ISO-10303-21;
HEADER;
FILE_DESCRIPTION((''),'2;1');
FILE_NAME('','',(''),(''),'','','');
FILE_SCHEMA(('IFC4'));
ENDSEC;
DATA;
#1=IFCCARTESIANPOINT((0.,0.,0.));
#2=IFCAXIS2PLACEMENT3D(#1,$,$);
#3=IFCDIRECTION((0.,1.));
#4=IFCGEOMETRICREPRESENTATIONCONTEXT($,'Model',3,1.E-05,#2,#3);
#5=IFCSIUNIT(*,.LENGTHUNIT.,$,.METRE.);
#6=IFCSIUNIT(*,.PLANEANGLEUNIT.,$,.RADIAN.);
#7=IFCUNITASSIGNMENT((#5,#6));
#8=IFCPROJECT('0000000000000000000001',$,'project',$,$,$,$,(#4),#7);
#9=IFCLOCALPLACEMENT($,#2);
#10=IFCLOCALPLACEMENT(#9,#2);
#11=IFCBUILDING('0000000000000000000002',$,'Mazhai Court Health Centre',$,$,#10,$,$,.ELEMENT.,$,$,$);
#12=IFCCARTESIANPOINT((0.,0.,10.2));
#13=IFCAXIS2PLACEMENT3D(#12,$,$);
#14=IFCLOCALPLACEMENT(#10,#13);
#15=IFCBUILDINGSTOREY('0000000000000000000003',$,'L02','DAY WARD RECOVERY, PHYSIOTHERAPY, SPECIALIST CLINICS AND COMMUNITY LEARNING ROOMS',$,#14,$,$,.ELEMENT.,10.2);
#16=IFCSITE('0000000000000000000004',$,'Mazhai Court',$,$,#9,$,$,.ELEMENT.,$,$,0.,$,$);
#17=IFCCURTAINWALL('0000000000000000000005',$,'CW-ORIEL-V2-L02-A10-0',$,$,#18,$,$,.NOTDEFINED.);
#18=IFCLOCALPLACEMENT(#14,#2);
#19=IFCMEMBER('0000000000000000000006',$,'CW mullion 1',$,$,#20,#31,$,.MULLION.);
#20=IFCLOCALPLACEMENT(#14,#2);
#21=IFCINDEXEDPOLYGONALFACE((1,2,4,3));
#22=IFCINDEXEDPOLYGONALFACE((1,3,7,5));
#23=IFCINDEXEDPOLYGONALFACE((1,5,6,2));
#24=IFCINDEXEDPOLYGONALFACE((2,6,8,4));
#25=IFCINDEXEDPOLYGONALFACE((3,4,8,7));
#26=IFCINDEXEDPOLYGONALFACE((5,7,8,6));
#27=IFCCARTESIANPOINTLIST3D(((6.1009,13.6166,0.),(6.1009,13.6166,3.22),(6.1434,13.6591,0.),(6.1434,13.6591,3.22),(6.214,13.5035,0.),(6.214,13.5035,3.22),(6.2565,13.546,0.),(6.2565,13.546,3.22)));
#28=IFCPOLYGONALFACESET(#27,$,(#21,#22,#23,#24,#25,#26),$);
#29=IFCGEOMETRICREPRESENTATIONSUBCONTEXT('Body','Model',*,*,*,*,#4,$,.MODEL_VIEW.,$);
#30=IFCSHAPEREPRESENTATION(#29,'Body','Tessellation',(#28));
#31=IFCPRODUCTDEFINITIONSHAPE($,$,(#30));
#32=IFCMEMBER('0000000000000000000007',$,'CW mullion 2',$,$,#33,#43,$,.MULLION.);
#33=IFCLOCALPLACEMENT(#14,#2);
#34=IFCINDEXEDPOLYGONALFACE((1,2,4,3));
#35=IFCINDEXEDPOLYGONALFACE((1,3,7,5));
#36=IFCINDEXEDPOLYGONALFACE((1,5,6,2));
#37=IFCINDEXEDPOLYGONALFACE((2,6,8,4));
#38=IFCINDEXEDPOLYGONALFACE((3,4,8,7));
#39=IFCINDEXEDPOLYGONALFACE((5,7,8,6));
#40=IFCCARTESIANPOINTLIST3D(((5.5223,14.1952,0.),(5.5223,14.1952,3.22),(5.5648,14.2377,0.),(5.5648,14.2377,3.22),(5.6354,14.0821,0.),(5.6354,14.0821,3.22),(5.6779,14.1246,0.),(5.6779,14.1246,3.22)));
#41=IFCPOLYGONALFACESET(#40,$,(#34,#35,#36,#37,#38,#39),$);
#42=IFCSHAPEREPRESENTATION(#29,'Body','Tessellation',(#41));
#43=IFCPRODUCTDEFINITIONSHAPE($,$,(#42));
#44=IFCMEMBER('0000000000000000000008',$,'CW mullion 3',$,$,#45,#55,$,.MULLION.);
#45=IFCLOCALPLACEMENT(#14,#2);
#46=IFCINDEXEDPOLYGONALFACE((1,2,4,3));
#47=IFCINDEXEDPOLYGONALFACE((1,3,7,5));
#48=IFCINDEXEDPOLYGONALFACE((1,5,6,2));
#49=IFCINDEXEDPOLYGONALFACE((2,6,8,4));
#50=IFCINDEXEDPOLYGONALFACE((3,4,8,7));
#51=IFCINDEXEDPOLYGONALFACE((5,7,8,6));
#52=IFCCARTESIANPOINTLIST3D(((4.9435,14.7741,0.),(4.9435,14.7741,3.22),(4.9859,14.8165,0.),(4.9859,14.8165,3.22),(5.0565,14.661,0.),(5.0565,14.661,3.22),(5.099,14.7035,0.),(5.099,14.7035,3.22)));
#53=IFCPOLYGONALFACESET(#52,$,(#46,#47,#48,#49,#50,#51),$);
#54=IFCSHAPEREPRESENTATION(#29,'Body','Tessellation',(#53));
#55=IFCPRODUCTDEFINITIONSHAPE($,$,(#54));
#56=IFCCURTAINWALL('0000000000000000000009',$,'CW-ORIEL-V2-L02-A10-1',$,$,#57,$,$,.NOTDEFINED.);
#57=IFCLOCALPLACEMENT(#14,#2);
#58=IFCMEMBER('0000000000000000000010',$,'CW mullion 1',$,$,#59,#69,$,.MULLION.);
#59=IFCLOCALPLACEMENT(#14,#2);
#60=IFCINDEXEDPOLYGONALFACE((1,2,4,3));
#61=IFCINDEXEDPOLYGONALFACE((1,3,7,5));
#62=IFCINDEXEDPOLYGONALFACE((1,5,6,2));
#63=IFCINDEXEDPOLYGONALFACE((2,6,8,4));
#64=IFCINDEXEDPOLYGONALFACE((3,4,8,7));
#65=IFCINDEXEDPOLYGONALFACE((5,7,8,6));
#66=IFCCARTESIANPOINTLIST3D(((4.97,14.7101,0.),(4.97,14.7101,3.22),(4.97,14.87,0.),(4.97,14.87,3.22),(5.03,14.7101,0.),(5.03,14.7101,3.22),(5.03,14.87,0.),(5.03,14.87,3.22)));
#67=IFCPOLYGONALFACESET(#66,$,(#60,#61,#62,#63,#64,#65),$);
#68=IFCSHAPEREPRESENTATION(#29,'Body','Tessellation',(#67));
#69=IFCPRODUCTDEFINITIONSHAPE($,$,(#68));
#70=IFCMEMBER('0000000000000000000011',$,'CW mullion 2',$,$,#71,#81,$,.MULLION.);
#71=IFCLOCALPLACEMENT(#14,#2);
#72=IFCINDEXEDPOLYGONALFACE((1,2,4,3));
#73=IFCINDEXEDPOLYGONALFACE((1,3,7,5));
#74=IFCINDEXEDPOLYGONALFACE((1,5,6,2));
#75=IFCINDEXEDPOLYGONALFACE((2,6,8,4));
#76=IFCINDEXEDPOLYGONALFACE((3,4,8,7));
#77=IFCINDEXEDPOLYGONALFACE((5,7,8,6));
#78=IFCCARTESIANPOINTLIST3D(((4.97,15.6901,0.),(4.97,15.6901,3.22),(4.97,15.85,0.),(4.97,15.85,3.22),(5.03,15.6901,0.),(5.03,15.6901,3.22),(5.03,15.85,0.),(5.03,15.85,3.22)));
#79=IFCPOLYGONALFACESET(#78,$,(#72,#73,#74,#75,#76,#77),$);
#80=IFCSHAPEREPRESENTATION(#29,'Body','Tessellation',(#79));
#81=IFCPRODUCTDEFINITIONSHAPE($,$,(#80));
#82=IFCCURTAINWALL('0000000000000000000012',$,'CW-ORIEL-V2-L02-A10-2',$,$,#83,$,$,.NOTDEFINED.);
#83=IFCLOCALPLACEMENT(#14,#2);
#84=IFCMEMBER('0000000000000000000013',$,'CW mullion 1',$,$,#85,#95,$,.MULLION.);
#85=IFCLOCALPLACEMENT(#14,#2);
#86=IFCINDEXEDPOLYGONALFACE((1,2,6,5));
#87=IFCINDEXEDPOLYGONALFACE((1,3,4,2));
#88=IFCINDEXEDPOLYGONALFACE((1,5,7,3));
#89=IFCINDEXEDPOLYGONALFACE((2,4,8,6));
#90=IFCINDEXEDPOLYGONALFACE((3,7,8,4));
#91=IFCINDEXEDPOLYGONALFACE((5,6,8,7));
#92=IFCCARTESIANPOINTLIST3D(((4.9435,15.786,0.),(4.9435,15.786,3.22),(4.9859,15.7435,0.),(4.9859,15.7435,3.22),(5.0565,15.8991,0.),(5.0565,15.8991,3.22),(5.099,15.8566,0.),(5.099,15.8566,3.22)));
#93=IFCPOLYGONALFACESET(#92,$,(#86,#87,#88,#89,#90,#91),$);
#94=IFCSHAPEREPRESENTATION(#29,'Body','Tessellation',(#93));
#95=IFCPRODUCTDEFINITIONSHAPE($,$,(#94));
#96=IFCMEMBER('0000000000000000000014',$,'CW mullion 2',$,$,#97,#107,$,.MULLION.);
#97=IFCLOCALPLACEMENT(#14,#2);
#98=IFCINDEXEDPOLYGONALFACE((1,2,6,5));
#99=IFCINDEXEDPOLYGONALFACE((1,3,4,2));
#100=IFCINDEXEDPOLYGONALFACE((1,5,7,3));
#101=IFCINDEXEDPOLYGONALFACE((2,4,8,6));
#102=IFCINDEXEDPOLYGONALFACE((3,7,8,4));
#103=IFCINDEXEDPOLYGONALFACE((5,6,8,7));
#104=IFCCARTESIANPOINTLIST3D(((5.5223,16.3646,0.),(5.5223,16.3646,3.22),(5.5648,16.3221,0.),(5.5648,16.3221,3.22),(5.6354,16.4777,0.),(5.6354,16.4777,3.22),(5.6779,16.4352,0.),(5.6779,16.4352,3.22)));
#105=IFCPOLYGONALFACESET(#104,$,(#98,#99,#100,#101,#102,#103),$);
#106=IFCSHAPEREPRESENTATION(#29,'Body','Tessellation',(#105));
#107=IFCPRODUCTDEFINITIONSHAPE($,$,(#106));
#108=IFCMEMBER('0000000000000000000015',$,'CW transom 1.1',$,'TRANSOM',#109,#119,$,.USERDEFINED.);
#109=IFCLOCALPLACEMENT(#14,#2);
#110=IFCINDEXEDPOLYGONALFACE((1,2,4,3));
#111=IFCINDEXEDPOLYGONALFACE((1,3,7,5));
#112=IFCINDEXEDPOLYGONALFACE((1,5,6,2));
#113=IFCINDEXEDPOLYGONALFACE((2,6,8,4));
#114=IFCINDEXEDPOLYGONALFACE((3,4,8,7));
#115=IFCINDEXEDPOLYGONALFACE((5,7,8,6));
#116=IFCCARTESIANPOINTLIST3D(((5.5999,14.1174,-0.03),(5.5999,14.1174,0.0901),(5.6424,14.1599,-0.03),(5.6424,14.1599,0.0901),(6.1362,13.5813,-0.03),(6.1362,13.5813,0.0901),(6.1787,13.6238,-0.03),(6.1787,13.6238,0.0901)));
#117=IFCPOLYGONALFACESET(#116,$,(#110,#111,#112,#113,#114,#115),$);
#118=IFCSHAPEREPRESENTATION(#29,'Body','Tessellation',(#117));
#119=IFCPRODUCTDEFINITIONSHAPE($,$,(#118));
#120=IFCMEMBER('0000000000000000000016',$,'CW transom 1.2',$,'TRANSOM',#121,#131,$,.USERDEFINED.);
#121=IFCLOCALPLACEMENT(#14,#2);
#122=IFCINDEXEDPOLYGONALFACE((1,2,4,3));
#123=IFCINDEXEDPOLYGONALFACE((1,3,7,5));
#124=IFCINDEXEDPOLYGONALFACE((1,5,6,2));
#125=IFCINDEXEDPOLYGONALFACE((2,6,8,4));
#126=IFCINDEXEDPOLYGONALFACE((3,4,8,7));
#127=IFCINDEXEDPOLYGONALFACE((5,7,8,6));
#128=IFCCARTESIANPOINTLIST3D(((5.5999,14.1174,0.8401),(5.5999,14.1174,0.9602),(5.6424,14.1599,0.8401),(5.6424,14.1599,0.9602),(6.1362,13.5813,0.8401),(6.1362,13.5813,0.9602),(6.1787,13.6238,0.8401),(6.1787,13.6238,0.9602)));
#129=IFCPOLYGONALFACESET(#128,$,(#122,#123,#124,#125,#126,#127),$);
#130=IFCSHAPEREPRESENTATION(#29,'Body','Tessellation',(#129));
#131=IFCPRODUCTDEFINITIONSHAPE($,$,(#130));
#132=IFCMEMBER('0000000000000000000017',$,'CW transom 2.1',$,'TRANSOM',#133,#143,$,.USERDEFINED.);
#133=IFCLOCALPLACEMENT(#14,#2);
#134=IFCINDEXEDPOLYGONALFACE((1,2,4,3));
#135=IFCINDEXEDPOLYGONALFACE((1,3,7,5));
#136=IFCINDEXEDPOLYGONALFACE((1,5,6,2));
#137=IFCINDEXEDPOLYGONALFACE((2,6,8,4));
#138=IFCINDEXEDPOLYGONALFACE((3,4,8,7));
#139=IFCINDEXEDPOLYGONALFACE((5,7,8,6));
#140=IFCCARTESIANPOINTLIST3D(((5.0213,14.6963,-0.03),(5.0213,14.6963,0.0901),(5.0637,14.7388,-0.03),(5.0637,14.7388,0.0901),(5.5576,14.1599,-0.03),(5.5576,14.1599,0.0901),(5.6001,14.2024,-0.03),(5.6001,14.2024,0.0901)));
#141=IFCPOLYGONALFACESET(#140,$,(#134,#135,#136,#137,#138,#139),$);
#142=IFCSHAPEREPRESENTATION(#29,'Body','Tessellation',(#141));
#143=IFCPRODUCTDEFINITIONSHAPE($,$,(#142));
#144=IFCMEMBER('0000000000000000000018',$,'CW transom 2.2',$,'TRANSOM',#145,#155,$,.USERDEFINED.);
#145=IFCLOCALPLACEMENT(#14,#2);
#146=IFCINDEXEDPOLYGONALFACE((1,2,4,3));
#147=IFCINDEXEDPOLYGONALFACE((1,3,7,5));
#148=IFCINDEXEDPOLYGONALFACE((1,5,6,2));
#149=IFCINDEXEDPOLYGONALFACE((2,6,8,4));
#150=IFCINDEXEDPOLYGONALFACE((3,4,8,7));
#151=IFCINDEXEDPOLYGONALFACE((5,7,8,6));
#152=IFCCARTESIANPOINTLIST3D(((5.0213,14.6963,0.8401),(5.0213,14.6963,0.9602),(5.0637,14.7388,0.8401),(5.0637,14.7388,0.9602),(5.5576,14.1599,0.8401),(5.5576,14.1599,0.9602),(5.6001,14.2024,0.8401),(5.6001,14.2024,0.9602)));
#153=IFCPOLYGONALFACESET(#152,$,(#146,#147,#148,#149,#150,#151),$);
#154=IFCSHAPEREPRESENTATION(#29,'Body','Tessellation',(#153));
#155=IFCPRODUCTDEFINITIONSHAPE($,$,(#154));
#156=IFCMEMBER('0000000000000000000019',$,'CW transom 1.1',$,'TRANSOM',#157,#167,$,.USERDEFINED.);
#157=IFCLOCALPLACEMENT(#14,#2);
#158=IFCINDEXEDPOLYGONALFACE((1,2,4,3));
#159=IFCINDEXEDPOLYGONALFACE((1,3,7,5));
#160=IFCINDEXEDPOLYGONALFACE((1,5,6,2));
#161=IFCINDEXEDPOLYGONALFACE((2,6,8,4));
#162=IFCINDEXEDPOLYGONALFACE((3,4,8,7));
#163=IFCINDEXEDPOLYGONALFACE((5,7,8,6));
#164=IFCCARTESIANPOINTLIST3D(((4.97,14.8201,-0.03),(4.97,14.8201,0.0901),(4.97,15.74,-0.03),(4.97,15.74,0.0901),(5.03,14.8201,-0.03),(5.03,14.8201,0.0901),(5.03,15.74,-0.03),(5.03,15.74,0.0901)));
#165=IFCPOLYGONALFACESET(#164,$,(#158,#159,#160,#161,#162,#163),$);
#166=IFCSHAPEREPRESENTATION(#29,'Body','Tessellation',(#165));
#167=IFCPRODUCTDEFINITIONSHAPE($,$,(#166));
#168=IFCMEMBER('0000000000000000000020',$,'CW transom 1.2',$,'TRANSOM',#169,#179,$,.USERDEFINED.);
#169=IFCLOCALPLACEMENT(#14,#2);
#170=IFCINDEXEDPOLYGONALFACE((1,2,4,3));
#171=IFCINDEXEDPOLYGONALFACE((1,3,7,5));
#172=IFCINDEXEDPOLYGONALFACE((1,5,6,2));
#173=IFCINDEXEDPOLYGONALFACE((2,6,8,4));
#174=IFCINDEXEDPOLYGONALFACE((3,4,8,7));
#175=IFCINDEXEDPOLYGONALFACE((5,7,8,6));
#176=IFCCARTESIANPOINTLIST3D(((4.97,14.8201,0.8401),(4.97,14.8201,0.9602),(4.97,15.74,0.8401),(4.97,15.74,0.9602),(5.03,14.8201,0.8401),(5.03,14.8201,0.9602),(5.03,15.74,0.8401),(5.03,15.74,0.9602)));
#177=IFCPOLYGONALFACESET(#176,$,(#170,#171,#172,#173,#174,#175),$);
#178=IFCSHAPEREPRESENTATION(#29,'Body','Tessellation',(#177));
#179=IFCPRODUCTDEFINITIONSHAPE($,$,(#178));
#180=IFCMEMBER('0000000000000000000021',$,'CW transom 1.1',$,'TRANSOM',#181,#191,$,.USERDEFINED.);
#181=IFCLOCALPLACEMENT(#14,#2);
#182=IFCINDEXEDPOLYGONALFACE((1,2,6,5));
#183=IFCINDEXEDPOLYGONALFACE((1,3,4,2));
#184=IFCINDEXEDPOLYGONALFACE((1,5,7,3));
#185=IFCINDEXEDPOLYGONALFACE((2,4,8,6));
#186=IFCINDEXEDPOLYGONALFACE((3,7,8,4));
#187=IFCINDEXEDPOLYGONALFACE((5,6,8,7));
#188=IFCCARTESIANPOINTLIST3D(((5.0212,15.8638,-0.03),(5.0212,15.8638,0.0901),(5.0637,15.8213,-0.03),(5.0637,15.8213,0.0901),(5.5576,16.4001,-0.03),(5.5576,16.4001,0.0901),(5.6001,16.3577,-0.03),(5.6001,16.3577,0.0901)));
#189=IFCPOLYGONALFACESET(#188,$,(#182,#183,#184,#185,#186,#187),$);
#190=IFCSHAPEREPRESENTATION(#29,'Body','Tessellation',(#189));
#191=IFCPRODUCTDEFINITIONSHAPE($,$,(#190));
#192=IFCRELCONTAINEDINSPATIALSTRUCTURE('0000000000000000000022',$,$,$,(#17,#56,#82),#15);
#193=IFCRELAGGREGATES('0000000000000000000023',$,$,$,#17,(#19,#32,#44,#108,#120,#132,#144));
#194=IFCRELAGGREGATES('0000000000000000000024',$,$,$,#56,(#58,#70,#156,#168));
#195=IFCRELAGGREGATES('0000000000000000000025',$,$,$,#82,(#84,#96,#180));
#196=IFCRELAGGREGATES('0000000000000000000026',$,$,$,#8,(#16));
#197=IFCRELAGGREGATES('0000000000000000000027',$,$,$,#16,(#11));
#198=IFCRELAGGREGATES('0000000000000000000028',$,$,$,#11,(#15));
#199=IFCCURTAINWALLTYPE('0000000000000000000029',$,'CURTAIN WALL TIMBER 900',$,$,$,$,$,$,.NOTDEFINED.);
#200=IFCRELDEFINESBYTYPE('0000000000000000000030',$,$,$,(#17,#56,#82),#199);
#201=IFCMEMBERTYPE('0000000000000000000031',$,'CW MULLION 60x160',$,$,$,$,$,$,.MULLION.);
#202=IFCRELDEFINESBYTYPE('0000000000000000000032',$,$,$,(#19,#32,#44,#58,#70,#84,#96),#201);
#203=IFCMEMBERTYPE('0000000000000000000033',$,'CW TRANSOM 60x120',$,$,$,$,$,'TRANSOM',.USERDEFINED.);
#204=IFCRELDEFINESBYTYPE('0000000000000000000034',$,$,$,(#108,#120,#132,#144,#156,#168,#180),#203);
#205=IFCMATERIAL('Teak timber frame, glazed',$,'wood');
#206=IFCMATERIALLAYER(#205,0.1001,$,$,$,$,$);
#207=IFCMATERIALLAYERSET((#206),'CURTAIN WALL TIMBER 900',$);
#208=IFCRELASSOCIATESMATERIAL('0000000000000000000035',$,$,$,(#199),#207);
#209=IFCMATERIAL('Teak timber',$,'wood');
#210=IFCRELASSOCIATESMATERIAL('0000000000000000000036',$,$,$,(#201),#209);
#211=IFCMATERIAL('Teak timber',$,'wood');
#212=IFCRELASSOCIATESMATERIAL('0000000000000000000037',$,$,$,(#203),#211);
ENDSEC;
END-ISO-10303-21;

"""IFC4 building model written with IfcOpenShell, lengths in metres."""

from ifc_helpers import new_model, si_unit, direction, frame, origin, origin_2d, place, context, subcontext, project, spatial, rectangle, extrude, material, layer, layer_set, material_profile, profile_set, type_object, element, aggregate, save


model = new_model("IFC4")

# Units and contexts
model_context = context("Model", 3, precision=1e-05, world=origin(), true_north=direction((0.0, 1.0)))
body_context = subcontext(model_context, "Body", "Model", "MODEL_VIEW")
ifc_project = project(units=[si_unit("LENGTHUNIT", "METRE"), si_unit("PLANEANGLEUNIT", "RADIAN")], contexts=[model_context])

# Site, building, storey
site_placement = place(None, origin())
site = spatial("IfcSite", under=ifc_project, at=site_placement, Name="Mazhai Court", CompositionType="ELEMENT", RefElevation=0.0)
building_placement = place(site_placement, origin())
building = spatial("IfcBuilding", under=site, at=building_placement, Name="Mazhai Court Health Centre", CompositionType="ELEMENT")
storey_placement = place(building_placement, frame((0.0, 0.0, 10.2)))
storey = spatial("IfcBuildingStorey", under=building, at=storey_placement, Name="L02", Description="DAY WARD RECOVERY, PHYSIOTHERAPY, SPECIALIST CLINICS AND COMMUNITY LEARNING ROOMS", CompositionType="ELEMENT", Elevation=10.2)

# Curtain walls, members
ifc_material_1 = material(Name="Teak timber frame, glazed", Category="wood")
ifc_layer_1 = layer(ifc_material_1, 0.1001)
ifc_layer_set_1 = layer_set([ifc_layer_1], Name="CURTAIN WALL TIMBER 900")
curtain_wall_type = type_object("IfcCurtainWallType", Name="CURTAIN WALL TIMBER 900", PredefinedType="NOTDEFINED", material=ifc_layer_set_1)
curtain_wall_1_placement = place(storey_placement, origin())
curtain_wall_1 = element("IfcCurtainWall", 1, at=curtain_wall_1_placement, inside=storey, type_object=curtain_wall_type, Name="CW-ORIEL-V2-L02-A10-0", PredefinedType="NOTDEFINED")
ifc_material_2 = material(Name="Teak timber", Category="wood")
ifc_material_profile_1 = material_profile(ifc_material_2, rectangle(XDim=0.0601, YDim=0.1599, at=origin_2d()), Name="CW MULLION 60x160")
ifc_profile_set_1 = profile_set([ifc_material_profile_1], Name="Teak timber")
member_type_1 = type_object("IfcMemberType", Name="CW MULLION 60x160", PredefinedType="MULLION", material=ifc_profile_set_1)
member_1_placement = place(storey_placement, frame((6.1787, 13.5813, 0.0), z_axis=(0.0, 0.0, 1.0), x_axis=(-0.707107, -0.707107, 0.0)))
member_1 = element("IfcMember", 2, at=member_1_placement, type_object=member_type_1, Name="CW mullion 1", PredefinedType="MULLION", context=body_context, shape_type="SweptSolid", body=[
    extrude(rectangle(XDim=0.0601, YDim=0.1599, at=origin_2d()), origin(), (0.0, 0.0, 1.0), 3.22),
])
member_2_placement = place(storey_placement, frame((5.6001, 14.1599, 0.0), z_axis=(0.0, 0.0, 1.0), x_axis=(-0.707107, -0.707107, 0.0)))
member_2 = element("IfcMember", 3, at=member_2_placement, type_object=member_type_1, Name="CW mullion 2", PredefinedType="MULLION", context=body_context, shape_type="SweptSolid", body=[
    extrude(rectangle(XDim=0.0601, YDim=0.1599, at=origin_2d()), origin(), (0.0, 0.0, 1.0), 3.22),
])
member_3_placement = place(storey_placement, frame((5.0212, 14.7388, 0.0), z_axis=(0.0, 0.0, 1.0), x_axis=(-0.707107, -0.707107, 0.0)))
member_3 = element("IfcMember", 4, at=member_3_placement, type_object=member_type_1, Name="CW mullion 3", PredefinedType="MULLION", context=body_context, shape_type="SweptSolid", body=[
    extrude(rectangle(XDim=0.0601, YDim=0.1599, at=origin_2d()), origin(), (0.0, 0.0, 1.0), 3.22),
])
curtain_wall_2_placement = place(storey_placement, origin())
curtain_wall_2 = element("IfcCurtainWall", 5, at=curtain_wall_2_placement, inside=storey, type_object=curtain_wall_type, Name="CW-ORIEL-V2-L02-A10-1", PredefinedType="NOTDEFINED")
member_4_placement = place(storey_placement, frame((5.0, 14.79, 0.0), z_axis=(0.0, 0.0, 1.0), x_axis=(-1.0, 0.0, 0.0)))
member_4 = element("IfcMember", 6, at=member_4_placement, type_object=member_type_1, Name="CW mullion 1", PredefinedType="MULLION", context=body_context, shape_type="SweptSolid", body=[
    extrude(rectangle(XDim=0.0601, YDim=0.1599, at=origin_2d()), origin(), (0.0, 0.0, 1.0), 3.22),
])
member_5_placement = place(storey_placement, frame((5.0, 15.77, 0.0), z_axis=(0.0, 0.0, 1.0), x_axis=(-1.0, 0.0, 0.0)))
member_5 = element("IfcMember", 7, at=member_5_placement, type_object=member_type_1, Name="CW mullion 2", PredefinedType="MULLION", context=body_context, shape_type="SweptSolid", body=[
    extrude(rectangle(XDim=0.0601, YDim=0.1599, at=origin_2d()), origin(), (0.0, 0.0, 1.0), 3.22),
])
curtain_wall_3_placement = place(storey_placement, origin())
curtain_wall_3 = element("IfcCurtainWall", 8, at=curtain_wall_3_placement, inside=storey, type_object=curtain_wall_type, Name="CW-ORIEL-V2-L02-A10-2", PredefinedType="NOTDEFINED")
member_6_placement = place(storey_placement, frame((5.0212, 15.8213, 0.0), z_axis=(0.0, 0.0, 1.0), x_axis=(-0.707107, 0.707107, 0.0)))
member_6 = element("IfcMember", 9, at=member_6_placement, type_object=member_type_1, Name="CW mullion 1", PredefinedType="MULLION", context=body_context, shape_type="SweptSolid", body=[
    extrude(rectangle(XDim=0.0601, YDim=0.1599, at=origin_2d()), origin(), (0.0, 0.0, 1.0), 3.22),
])
member_7_placement = place(storey_placement, frame((5.6001, 16.3999, 0.0), z_axis=(0.0, 0.0, 1.0), x_axis=(-0.707107, 0.707107, 0.0)))
member_7 = element("IfcMember", 10, at=member_7_placement, type_object=member_type_1, Name="CW mullion 2", PredefinedType="MULLION", context=body_context, shape_type="SweptSolid", body=[
    extrude(rectangle(XDim=0.0601, YDim=0.1599, at=origin_2d()), origin(), (0.0, 0.0, 1.0), 3.22),
])

# Members
ifc_material_3 = material(Name="Teak timber", Category="wood")
ifc_material_profile_2 = material_profile(ifc_material_3, rectangle(XDim=0.0601, YDim=0.1201, at=origin_2d()), Name="CW TRANSOM 60x120")
ifc_profile_set_2 = profile_set([ifc_material_profile_2], Name="Teak timber")
member_type_2 = type_object("IfcMemberType", Name="CW TRANSOM 60x120", ElementType="TRANSOM", PredefinedType="USERDEFINED", material=ifc_profile_set_2)
member_8_placement = place(storey_placement, frame((6.1575, 13.6025, 0.03), z_axis=(-0.707268, 0.706946, 0.0), x_axis=(-0.706946, -0.707268, 0.0)))
member_8 = element("IfcMember", 11, at=member_8_placement, type_object=member_type_2, Name="CW transom 1.1", ObjectType="TRANSOM", PredefinedType="USERDEFINED", context=body_context, shape_type="SweptSolid", body=[
    extrude(rectangle(XDim=0.0601, YDim=0.1201, at=origin_2d()), origin(), (0.0, 0.0, 1.0), 0.7583),
])
member_9_placement = place(storey_placement, frame((6.1575, 13.6025, 0.9001), z_axis=(-0.707268, 0.706946, 0.0), x_axis=(-0.706946, -0.707268, 0.0)))
member_9 = element("IfcMember", 12, at=member_9_placement, type_object=member_type_2, Name="CW transom 1.2", ObjectType="TRANSOM", PredefinedType="USERDEFINED", context=body_context, shape_type="SweptSolid", body=[
    extrude(rectangle(XDim=0.0601, YDim=0.1201, at=origin_2d()), origin(), (0.0, 0.0, 1.0), 0.7583),
])
member_10_placement = place(storey_placement, frame((5.5789, 14.1812, 0.03), z_axis=(-0.707107, 0.707107, 0.0), x_axis=(-0.707107, -0.707107, 0.0)))
member_10 = element("IfcMember", 13, at=member_10_placement, type_object=member_type_2, Name="CW transom 2.1", ObjectType="TRANSOM", PredefinedType="USERDEFINED", context=body_context, shape_type="SweptSolid", body=[
    extrude(rectangle(XDim=0.0601, YDim=0.1201, at=origin_2d()), origin(), (0.0, 0.0, 1.0), 0.7585),
])
member_11_placement = place(storey_placement, frame((5.5789, 14.1812, 0.9001), z_axis=(-0.707107, 0.707107, 0.0), x_axis=(-0.707107, -0.707107, 0.0)))
member_11 = element("IfcMember", 14, at=member_11_placement, type_object=member_type_2, Name="CW transom 2.2", ObjectType="TRANSOM", PredefinedType="USERDEFINED", context=body_context, shape_type="SweptSolid", body=[
    extrude(rectangle(XDim=0.0601, YDim=0.1201, at=origin_2d()), origin(), (0.0, 0.0, 1.0), 0.7585),
])
member_12_placement = place(storey_placement, frame((5.0, 14.8201, 0.03), z_axis=(0.0, 1.0, 0.0), x_axis=(-1.0, 0.0, 0.0)))
member_12 = element("IfcMember", 15, at=member_12_placement, type_object=member_type_2, Name="CW transom 1.1", ObjectType="TRANSOM", PredefinedType="USERDEFINED", context=body_context, shape_type="SweptSolid", body=[
    extrude(rectangle(XDim=0.0601, YDim=0.1201, at=origin_2d()), origin(), (0.0, 0.0, 1.0), 0.9199),
])
member_13_placement = place(storey_placement, frame((5.0, 14.8201, 0.9001), z_axis=(0.0, 1.0, 0.0), x_axis=(-1.0, 0.0, 0.0)))
member_13 = element("IfcMember", 16, at=member_13_placement, type_object=member_type_2, Name="CW transom 1.2", ObjectType="TRANSOM", PredefinedType="USERDEFINED", context=body_context, shape_type="SweptSolid", body=[
    extrude(rectangle(XDim=0.0601, YDim=0.1201, at=origin_2d()), origin(), (0.0, 0.0, 1.0), 0.9199),
])
member_14_placement = place(storey_placement, frame((5.0425, 15.8425, 0.03), z_axis=(0.707107, 0.707107, 0.0), x_axis=(-0.707107, 0.707107, 0.0)))
member_14 = element("IfcMember", 17, at=member_14_placement, type_object=member_type_2, Name="CW transom 1.1", ObjectType="TRANSOM", PredefinedType="USERDEFINED", context=body_context, shape_type="SweptSolid", body=[
    extrude(rectangle(XDim=0.0601, YDim=0.1201, at=origin_2d()), origin(), (0.0, 0.0, 1.0), 0.7585),
])

aggregate(curtain_wall_1, [member_1, member_2, member_3, member_8, member_9, member_10, member_11])
aggregate(curtain_wall_2, [member_4, member_5, member_12, member_13])
aggregate(curtain_wall_3, [member_6, member_7, member_14])

save(model, "model.ifc")
